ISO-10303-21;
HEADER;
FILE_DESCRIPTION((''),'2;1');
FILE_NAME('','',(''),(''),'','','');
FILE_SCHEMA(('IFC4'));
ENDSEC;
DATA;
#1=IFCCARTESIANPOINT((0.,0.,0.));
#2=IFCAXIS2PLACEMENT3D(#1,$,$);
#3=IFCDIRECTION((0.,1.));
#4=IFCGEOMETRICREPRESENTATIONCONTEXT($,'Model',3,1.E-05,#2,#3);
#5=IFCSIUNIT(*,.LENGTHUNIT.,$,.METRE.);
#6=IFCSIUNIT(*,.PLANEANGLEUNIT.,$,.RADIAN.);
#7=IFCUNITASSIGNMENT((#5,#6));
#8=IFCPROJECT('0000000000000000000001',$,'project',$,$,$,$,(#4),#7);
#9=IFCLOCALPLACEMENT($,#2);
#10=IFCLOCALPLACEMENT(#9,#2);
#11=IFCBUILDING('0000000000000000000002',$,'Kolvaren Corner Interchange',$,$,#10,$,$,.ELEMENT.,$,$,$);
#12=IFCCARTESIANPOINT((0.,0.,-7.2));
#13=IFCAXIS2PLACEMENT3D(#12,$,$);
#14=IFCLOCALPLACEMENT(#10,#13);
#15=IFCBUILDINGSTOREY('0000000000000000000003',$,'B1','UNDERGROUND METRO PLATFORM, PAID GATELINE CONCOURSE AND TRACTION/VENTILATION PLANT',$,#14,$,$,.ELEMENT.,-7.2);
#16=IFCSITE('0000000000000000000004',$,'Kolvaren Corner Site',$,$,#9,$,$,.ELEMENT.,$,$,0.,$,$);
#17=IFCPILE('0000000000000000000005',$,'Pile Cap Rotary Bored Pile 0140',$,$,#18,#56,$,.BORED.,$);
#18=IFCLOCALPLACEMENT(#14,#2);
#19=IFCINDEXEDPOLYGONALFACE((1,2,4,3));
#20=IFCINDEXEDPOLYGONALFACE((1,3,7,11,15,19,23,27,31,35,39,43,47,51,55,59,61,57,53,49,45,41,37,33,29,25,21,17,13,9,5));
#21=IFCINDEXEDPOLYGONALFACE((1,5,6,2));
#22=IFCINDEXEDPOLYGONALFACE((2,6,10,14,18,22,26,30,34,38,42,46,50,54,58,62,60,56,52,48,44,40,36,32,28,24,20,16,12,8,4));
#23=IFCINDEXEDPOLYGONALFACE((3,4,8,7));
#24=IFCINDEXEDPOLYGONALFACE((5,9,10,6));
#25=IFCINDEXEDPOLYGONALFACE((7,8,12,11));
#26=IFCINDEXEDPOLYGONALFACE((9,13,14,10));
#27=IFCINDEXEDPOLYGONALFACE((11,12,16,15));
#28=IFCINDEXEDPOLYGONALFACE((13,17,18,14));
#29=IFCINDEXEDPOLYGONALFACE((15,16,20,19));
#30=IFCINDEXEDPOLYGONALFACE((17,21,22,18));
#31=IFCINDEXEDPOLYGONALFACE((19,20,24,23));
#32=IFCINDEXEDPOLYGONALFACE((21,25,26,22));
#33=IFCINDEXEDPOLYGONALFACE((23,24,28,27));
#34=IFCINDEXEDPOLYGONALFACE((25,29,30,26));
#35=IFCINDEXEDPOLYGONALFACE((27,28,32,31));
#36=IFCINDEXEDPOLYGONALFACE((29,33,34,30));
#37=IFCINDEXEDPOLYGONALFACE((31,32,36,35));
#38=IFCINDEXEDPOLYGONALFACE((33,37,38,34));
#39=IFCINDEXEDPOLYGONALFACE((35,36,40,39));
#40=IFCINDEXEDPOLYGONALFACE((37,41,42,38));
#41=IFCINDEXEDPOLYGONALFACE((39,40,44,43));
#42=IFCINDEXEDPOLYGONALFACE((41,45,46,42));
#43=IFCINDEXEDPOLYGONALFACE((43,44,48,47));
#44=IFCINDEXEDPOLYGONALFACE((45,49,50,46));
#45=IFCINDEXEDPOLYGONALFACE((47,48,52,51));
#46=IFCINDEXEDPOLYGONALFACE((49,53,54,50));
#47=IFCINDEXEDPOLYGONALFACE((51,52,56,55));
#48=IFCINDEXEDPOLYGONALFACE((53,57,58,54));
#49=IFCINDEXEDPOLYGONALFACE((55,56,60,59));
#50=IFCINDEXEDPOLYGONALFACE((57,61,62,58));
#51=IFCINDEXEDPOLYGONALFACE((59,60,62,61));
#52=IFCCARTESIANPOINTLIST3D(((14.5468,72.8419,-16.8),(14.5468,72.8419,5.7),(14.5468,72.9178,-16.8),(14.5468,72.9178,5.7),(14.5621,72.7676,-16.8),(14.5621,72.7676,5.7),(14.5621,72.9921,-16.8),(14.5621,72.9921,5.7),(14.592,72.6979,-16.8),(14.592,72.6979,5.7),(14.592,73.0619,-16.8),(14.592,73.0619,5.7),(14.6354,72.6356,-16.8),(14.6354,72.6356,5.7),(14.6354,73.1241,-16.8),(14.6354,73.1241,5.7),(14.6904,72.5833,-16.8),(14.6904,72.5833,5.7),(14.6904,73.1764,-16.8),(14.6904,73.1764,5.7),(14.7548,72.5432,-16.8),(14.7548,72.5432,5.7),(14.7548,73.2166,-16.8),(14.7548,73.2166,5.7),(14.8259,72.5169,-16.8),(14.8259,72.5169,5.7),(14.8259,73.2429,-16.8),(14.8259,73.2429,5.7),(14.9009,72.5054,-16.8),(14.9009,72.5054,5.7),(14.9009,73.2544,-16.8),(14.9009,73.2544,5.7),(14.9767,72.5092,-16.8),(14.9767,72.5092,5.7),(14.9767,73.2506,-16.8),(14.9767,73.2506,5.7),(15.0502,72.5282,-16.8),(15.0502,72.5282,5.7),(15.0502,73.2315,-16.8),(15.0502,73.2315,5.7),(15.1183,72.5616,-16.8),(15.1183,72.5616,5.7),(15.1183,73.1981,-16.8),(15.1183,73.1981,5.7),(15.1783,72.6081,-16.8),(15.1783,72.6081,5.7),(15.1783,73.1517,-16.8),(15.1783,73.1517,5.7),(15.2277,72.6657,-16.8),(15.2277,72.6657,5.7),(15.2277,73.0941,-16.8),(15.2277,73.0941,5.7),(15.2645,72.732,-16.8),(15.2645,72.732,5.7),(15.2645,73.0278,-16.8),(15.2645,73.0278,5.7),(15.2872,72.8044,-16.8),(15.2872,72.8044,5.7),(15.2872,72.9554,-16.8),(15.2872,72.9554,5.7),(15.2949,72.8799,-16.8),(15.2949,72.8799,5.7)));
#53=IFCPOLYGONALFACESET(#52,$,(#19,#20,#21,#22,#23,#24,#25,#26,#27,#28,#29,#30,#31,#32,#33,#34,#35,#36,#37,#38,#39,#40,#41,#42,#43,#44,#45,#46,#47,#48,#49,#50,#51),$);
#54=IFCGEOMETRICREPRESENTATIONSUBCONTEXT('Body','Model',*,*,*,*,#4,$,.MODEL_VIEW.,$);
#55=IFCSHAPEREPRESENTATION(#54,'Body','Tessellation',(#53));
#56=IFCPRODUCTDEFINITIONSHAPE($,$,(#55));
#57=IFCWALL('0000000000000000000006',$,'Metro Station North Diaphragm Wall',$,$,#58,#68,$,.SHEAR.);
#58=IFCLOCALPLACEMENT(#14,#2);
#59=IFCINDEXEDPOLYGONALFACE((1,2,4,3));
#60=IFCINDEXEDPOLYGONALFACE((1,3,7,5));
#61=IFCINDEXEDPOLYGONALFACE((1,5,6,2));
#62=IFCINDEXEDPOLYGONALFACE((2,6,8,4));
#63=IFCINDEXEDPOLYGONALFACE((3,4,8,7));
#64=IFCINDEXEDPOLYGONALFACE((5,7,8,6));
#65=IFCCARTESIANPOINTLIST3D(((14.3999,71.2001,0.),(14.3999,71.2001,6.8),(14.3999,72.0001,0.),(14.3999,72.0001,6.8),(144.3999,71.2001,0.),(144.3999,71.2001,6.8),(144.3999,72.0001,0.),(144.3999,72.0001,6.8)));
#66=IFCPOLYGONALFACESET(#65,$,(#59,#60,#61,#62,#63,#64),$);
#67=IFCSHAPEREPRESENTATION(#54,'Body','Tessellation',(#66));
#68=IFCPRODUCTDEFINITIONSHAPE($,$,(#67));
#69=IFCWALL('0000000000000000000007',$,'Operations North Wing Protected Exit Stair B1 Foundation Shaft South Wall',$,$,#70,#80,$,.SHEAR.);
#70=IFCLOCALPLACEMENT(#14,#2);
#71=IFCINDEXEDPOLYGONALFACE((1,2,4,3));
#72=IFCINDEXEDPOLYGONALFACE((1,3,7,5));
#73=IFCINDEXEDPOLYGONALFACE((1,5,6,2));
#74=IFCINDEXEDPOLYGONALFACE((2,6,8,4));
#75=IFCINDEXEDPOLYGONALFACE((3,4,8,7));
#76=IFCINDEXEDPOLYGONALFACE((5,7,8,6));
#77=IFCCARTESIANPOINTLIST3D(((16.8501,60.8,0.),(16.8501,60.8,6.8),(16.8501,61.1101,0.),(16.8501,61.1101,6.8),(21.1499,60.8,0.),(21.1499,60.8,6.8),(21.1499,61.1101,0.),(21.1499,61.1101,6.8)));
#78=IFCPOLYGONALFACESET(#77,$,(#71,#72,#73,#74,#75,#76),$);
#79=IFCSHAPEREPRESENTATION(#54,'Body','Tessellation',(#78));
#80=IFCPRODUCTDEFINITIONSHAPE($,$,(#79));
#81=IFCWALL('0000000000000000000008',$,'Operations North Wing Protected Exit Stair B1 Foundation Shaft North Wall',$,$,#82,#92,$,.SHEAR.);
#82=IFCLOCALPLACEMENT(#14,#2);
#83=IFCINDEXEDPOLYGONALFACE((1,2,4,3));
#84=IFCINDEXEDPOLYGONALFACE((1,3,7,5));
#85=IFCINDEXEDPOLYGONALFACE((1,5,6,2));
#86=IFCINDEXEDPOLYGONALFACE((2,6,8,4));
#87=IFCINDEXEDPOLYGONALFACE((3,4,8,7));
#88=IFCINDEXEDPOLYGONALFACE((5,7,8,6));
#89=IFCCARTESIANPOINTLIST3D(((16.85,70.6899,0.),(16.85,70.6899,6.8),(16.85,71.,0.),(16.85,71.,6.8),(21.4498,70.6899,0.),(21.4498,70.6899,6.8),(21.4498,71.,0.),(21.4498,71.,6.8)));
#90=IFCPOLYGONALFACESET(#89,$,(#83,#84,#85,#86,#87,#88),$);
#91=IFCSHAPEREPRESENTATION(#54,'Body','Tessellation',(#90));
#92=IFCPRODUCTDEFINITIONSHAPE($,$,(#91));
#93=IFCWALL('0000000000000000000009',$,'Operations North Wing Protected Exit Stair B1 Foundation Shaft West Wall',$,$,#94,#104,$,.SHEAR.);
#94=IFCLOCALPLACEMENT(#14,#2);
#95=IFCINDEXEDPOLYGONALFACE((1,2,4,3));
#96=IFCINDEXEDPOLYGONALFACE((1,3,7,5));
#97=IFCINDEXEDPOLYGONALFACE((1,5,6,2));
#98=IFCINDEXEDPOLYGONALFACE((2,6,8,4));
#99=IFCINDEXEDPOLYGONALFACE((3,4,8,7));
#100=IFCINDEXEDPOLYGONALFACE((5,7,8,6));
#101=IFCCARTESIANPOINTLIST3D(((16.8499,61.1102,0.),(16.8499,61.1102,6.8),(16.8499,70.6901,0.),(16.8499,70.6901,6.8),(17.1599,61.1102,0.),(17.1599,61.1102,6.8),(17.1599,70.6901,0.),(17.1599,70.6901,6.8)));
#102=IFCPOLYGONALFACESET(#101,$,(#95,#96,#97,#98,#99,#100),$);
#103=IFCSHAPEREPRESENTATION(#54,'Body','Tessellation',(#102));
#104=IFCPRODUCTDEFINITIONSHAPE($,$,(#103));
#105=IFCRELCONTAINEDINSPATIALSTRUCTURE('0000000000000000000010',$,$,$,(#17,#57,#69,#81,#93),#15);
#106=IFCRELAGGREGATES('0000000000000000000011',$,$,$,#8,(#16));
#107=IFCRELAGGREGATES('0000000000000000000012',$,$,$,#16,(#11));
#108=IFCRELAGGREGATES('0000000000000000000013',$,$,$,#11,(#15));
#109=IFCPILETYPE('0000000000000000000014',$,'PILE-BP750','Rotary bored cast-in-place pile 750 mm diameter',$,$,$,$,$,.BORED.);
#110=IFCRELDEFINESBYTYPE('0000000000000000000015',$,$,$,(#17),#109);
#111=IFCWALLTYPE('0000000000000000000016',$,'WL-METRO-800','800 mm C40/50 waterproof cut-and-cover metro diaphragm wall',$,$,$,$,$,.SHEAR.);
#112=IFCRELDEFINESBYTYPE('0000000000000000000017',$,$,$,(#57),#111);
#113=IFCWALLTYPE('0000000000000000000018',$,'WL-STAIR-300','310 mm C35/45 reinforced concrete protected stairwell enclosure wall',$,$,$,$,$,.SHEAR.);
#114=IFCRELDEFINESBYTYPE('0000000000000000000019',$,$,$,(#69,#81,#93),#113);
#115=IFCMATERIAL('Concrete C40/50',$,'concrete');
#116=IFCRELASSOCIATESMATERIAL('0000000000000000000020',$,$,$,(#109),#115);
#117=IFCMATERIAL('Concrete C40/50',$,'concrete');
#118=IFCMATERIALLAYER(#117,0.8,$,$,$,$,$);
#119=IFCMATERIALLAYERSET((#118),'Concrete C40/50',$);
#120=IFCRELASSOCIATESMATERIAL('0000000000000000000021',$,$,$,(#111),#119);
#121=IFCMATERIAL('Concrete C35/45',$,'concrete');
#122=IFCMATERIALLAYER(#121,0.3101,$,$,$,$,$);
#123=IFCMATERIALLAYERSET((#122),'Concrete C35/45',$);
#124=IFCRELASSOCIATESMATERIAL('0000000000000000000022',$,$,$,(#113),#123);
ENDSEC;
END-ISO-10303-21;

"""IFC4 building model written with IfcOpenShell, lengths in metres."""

from ifc_helpers import new_model, si_unit, direction, frame, frame_2d, origin, origin_2d, place, context, subcontext, project, spatial, rectangle, circle, extrude, material, layer, layer_set, material_profile, profile_set, type_object, element, save


model = new_model("IFC4")

# Units and contexts
model_context = context("Model", 3, precision=1e-05, world=origin(), true_north=direction((0.0, 1.0)))
body_context = subcontext(model_context, "Body", "Model", "MODEL_VIEW")
ifc_project = project(units=[si_unit("LENGTHUNIT", "METRE"), si_unit("PLANEANGLEUNIT", "RADIAN")], contexts=[model_context])

# Site, building, storey
site_placement = place(None, origin())
site = spatial("IfcSite", under=ifc_project, at=site_placement, Name="Kolvaren Corner Site", CompositionType="ELEMENT", RefElevation=0.0)
building_placement = place(site_placement, origin())
building = spatial("IfcBuilding", under=site, at=building_placement, Name="Kolvaren Corner Interchange", CompositionType="ELEMENT")
storey_placement = place(building_placement, frame((0.0, 0.0, -7.2)))
storey = spatial("IfcBuildingStorey", under=building, at=storey_placement, Name="B1", Description="UNDERGROUND METRO PLATFORM, PAID GATELINE CONCOURSE AND TRACTION/VENTILATION PLANT", CompositionType="ELEMENT", Elevation=-7.2)

# Pile
ifc_material_1 = material(Name="Concrete C40/50", Category="concrete")
ifc_material_profile_1 = material_profile(ifc_material_1, circle(Radius=0.375, at=origin_2d()), Name="BORED PILE 750")
ifc_profile_set_1 = profile_set([ifc_material_profile_1], Name="Concrete C40/50")
pile_type_1 = type_object("IfcPileType", Name="PILE-BP750", Description="Rotary bored cast-in-place pile 750 mm diameter", PredefinedType="BORED", material=ifc_profile_set_1)
for number, where, z_axis, x_axis, name in (
    (1, (14.9199, 72.8799, 5.7), (0.0, 0.0, -1.0), (1.0, 0.0, 0.0), "Pile Cap Rotary Bored Pile 0140"),
):
    element("IfcPile", number, at=place(storey_placement, frame(where, z_axis=z_axis, x_axis=x_axis)), inside=storey, type_object=pile_type_1, Name=name, PredefinedType="BORED", context=body_context, shape_type="SweptSolid", body=[
        extrude(circle(Radius=0.375, at=origin_2d()), origin(), (0.0, 0.0, 1.0), 22.5),
    ])

# Walls
ifc_material_2 = material(Name="Concrete C40/50", Category="concrete")
ifc_layer_1 = layer(ifc_material_2, 0.8)
ifc_layer_set_1 = layer_set([ifc_layer_1], Name="Concrete C40/50")
wall_type_1 = type_object("IfcWallType", Name="WL-METRO-800", Description="800 mm C40/50 waterproof cut-and-cover metro diaphragm wall", PredefinedType="SHEAR", material=ifc_layer_set_1)
wall_1_placement = place(storey_placement, frame((14.3999, 71.6001, 0.0), z_axis=(0.0, 0.0, 1.0), x_axis=(1.0, 0.0, 0.0)))
element("IfcWall", 2, at=wall_1_placement, inside=storey, type_object=wall_type_1, Name="Metro Station North Diaphragm Wall", PredefinedType="SHEAR", context=body_context, shape_type="SweptSolid", body=[
    extrude(rectangle(XDim=130.0, YDim=0.8, at=frame_2d((65.0, 0.0))), origin(), (0.0, 0.0, 1.0), 6.8),
])
ifc_material_3 = material(Name="Concrete C35/45", Category="concrete")
ifc_layer_2 = layer(ifc_material_3, 0.3101)
ifc_layer_set_2 = layer_set([ifc_layer_2], Name="Concrete C35/45")
wall_type_2 = type_object("IfcWallType", Name="WL-STAIR-300", Description="310 mm C35/45 reinforced concrete protected stairwell enclosure wall", PredefinedType="SHEAR", material=ifc_layer_set_2)
wall_2_placement = place(storey_placement, frame((16.8501, 60.9551, 0.0), z_axis=(0.0, 0.0, 1.0), x_axis=(1.0, 0.0, 0.0)))
element("IfcWall", 3, at=wall_2_placement, inside=storey, type_object=wall_type_2, Name="Operations North Wing Protected Exit Stair B1 Foundation Shaft South Wall", PredefinedType="SHEAR", context=body_context, shape_type="SweptSolid", body=[
    extrude(rectangle(XDim=4.2998, YDim=0.3101, at=frame_2d((2.1499, 0.0))), origin(), (0.0, 0.0, 1.0), 6.8),
])
wall_3_placement = place(storey_placement, frame((16.8501, 70.845, 0.0), z_axis=(0.0, 0.0, 1.0), x_axis=(1.0, 0.0, 0.0)))
element("IfcWall", 4, at=wall_3_placement, inside=storey, type_object=wall_type_2, Name="Operations North Wing Protected Exit Stair B1 Foundation Shaft North Wall", PredefinedType="SHEAR", context=body_context, shape_type="SweptSolid", body=[
    extrude(rectangle(XDim=4.5999, YDim=0.3101, at=frame_2d((2.2998, 0.0))), origin(), (0.0, 0.0, 1.0), 6.8),
])
wall_4_placement = place(storey_placement, frame((17.0049, 61.1101, 0.0), z_axis=(0.0, 0.0, 1.0), x_axis=(0.0, 1.0, 0.0)))
element("IfcWall", 5, at=wall_4_placement, inside=storey, type_object=wall_type_2, Name="Operations North Wing Protected Exit Stair B1 Foundation Shaft West Wall", PredefinedType="SHEAR", context=body_context, shape_type="SweptSolid", body=[
    extrude(rectangle(XDim=9.5798, YDim=0.3101, at=frame_2d((4.79, 0.0))), origin(), (0.0, 0.0, 1.0), 6.8),
])

save(model, "model.ifc")
